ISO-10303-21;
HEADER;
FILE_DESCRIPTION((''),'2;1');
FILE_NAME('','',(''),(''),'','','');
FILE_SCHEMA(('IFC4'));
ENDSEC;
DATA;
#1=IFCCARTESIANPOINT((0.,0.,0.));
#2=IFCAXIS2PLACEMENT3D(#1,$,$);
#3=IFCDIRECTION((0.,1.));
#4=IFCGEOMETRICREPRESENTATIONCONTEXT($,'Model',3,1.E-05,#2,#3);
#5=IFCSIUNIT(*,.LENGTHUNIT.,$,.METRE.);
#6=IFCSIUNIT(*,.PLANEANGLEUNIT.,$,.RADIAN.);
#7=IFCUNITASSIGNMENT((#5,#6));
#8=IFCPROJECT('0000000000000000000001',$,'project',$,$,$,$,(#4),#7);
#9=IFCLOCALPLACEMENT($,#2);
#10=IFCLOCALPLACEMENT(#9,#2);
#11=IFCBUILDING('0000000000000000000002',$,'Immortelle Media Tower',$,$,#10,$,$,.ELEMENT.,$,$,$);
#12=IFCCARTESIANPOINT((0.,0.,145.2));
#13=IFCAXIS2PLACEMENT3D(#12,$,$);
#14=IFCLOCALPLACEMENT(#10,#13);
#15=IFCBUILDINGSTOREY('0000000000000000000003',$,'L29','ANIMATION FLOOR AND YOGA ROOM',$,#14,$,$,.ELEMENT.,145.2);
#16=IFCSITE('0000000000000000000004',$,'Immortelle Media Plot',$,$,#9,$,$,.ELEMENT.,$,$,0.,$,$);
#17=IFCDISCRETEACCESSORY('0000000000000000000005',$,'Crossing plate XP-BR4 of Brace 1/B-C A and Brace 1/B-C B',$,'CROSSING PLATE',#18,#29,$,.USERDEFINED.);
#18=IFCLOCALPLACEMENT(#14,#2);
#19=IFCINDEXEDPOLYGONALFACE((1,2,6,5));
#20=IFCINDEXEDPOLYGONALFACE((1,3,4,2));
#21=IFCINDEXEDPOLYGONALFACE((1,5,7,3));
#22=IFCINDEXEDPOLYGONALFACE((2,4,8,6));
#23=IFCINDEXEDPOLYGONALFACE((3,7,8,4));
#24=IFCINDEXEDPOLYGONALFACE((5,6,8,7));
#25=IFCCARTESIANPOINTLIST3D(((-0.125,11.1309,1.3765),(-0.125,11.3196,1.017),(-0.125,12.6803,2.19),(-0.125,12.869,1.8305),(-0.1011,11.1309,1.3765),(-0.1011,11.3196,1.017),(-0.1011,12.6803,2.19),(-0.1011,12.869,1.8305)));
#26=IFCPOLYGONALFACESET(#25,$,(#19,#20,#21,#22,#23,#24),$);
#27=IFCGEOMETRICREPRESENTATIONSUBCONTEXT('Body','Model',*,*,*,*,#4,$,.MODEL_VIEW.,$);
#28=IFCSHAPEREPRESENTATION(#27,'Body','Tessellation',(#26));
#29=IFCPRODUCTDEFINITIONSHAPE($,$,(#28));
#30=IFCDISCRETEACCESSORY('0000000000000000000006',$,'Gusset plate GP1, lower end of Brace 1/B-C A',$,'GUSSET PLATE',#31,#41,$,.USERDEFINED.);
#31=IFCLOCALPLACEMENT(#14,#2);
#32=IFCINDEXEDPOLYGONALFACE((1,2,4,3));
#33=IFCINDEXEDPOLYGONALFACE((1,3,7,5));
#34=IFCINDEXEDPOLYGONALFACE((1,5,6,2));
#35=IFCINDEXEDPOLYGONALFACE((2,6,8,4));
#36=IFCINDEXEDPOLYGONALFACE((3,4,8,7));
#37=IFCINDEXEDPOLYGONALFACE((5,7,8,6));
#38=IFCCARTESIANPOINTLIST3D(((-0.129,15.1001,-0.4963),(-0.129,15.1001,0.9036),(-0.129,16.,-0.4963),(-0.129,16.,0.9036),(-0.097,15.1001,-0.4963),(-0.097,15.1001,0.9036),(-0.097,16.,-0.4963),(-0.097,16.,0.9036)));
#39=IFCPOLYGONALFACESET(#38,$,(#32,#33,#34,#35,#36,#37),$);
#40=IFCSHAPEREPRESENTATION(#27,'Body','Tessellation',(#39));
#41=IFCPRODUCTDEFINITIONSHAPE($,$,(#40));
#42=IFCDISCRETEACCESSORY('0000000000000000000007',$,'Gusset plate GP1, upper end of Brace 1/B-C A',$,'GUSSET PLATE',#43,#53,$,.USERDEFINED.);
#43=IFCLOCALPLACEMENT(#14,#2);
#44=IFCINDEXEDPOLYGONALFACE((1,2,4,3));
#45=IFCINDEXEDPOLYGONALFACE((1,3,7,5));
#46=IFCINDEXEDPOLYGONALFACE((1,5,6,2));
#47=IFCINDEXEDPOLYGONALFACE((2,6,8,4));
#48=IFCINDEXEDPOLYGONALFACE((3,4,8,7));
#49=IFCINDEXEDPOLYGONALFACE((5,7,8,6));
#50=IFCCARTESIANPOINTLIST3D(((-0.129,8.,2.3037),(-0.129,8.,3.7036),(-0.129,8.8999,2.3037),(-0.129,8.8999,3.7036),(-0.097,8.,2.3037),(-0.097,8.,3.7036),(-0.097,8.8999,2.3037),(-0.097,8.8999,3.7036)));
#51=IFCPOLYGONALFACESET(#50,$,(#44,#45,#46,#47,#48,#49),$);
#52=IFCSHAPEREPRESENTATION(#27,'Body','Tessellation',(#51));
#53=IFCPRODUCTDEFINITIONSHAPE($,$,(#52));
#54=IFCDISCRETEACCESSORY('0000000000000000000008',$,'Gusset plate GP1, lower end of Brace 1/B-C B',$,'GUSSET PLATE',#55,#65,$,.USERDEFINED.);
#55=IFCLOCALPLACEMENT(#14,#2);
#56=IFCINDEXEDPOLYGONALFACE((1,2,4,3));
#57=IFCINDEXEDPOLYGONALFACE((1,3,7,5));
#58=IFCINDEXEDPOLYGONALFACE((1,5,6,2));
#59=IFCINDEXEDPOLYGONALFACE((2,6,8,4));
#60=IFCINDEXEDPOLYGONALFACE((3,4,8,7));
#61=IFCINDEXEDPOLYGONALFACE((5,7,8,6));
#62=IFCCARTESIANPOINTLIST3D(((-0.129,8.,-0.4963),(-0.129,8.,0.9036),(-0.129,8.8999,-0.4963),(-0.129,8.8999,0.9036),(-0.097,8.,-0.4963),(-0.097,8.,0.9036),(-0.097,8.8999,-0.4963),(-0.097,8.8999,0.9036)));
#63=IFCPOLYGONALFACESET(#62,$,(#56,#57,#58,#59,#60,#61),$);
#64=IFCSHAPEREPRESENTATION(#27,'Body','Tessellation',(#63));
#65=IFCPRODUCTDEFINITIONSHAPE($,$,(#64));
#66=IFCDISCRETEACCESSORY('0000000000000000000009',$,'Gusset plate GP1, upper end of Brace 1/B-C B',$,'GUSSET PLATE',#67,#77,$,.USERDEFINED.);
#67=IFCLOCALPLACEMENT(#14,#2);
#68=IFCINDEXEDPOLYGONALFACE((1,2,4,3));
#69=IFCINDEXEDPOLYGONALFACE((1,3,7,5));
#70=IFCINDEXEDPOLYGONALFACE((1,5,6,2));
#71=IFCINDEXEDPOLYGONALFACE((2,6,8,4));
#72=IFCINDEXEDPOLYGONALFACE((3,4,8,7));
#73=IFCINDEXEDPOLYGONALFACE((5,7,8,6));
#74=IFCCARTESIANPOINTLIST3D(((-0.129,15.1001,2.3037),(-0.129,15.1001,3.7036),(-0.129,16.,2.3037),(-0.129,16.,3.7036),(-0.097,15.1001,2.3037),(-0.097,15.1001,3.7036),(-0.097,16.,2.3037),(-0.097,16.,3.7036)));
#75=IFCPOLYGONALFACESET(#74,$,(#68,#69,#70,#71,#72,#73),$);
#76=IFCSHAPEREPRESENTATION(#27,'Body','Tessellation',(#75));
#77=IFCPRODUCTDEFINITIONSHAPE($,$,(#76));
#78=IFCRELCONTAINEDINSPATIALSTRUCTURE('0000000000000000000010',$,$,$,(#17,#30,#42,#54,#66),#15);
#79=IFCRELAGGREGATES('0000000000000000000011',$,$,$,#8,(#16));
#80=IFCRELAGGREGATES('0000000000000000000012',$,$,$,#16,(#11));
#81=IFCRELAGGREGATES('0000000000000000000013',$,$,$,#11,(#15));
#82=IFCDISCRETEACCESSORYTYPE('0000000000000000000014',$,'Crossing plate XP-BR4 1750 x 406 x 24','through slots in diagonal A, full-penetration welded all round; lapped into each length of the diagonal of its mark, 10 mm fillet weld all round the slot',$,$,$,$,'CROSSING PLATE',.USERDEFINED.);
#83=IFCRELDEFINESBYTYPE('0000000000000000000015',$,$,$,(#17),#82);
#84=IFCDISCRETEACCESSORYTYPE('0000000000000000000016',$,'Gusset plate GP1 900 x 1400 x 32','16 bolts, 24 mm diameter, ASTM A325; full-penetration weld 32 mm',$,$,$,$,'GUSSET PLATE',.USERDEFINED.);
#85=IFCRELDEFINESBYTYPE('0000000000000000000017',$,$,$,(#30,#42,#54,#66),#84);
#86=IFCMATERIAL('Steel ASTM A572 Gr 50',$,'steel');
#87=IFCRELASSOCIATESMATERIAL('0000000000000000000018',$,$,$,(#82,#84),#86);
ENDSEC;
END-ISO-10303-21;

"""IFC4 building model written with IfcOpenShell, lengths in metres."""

from ifc_helpers import new_model, si_unit, direction, frame, origin, origin_2d, place, context, subcontext, project, spatial, rectangle, extrude, material, material_profile, profile_set, type_object, element, save


model = new_model("IFC4")

# Units and contexts
model_context = context("Model", 3, precision=1e-05, world=origin(), true_north=direction((0.0, 1.0)))
body_context = subcontext(model_context, "Body", "Model", "MODEL_VIEW")
ifc_project = project(units=[si_unit("LENGTHUNIT", "METRE"), si_unit("PLANEANGLEUNIT", "RADIAN")], contexts=[model_context])

# Site, building, storey
site_placement = place(None, origin())
site = spatial("IfcSite", under=ifc_project, at=site_placement, Name="Immortelle Media Plot", CompositionType="ELEMENT", RefElevation=0.0)
building_placement = place(site_placement, origin())
building = spatial("IfcBuilding", under=site, at=building_placement, Name="Immortelle Media Tower", CompositionType="ELEMENT")
storey_placement = place(building_placement, frame((0.0, 0.0, 145.2)))
storey = spatial("IfcBuildingStorey", under=building, at=storey_placement, Name="L29", Description="ANIMATION FLOOR AND YOGA ROOM", CompositionType="ELEMENT", Elevation=145.2)

# Discrete accessories
ifc_material_1 = material(Name="Steel ASTM A572 Gr 50", Category="steel")
ifc_material_profile_1 = material_profile(ifc_material_1, rectangle(XDim=0.0239, YDim=0.406, at=origin_2d()), Name="PL 24 x 406")
ifc_profile_set_1 = profile_set([ifc_material_profile_1], Name="Steel ASTM A572 Gr 50")
discrete_accessory_type_1 = type_object("IfcDiscreteAccessoryType", Name="Crossing plate XP-BR4 1750 x 406 x 24", Description="through slots in diagonal A, full-penetration welded all round; lapped into each length of the diagonal of its mark, 10 mm fillet weld all round the slot", ElementType="CROSSING PLATE", PredefinedType="USERDEFINED", material=ifc_profile_set_1)
discrete_accessory_placement = place(storey_placement, frame((-0.113, 12.7747, 2.0103), z_axis=(0.0, -0.885378, -0.464872), x_axis=(1.0, 0.0, 0.0)))
element("IfcDiscreteAccessory", 1, at=discrete_accessory_placement, inside=storey, type_object=discrete_accessory_type_1, Name="Crossing plate XP-BR4 of Brace 1/B-C A and Brace 1/B-C B", ObjectType="CROSSING PLATE", PredefinedType="USERDEFINED", context=body_context, shape_type="SweptSolid", body=[
    extrude(rectangle(XDim=0.0239, YDim=0.406, at=origin_2d()), origin(), (0.0, 0.0, 1.0), 1.75),
])
ifc_material_profile_2 = material_profile(ifc_material_1, rectangle(XDim=0.032, YDim=1.3999, at=origin_2d()), Name="PL 32 x 1400")
ifc_profile_set_2 = profile_set([ifc_material_profile_2], Name="Steel ASTM A572 Gr 50")
discrete_accessory_type_2 = type_object("IfcDiscreteAccessoryType", Name="Gusset plate GP1 900 x 1400 x 32", Description="16 bolts, 24 mm diameter, ASTM A325; full-penetration weld 32 mm", ElementType="GUSSET PLATE", PredefinedType="USERDEFINED", material=ifc_profile_set_2)
for number, where, z_axis, x_axis, name in (
    (2, (-0.113, 16.0, 0.2036), (0.0, -1.0, 0.0), (1.0, 0.0, 0.0), "Gusset plate GP1, lower end of Brace 1/B-C A"),
    (3, (-0.113, 8.0, 3.0037), (0.0, 1.0, 0.0), (-1.0, 0.0, 0.0), "Gusset plate GP1, upper end of Brace 1/B-C A"),
    (4, (-0.113, 8.0, 0.2036), (0.0, 1.0, 0.0), (-1.0, 0.0, 0.0), "Gusset plate GP1, lower end of Brace 1/B-C B"),
    (5, (-0.113, 16.0, 3.0037), (0.0, -1.0, 0.0), (1.0, 0.0, 0.0), "Gusset plate GP1, upper end of Brace 1/B-C B"),
):
    element("IfcDiscreteAccessory", number, at=place(storey_placement, frame(where, z_axis=z_axis, x_axis=x_axis)), inside=storey, type_object=discrete_accessory_type_2, Name=name, ObjectType="GUSSET PLATE", PredefinedType="USERDEFINED", context=body_context, shape_type="SweptSolid", body=[
        extrude(rectangle(XDim=0.032, YDim=1.3999, at=origin_2d()), origin(), (0.0, 0.0, 1.0), 0.8999),
    ])

save(model, "model.ifc")
